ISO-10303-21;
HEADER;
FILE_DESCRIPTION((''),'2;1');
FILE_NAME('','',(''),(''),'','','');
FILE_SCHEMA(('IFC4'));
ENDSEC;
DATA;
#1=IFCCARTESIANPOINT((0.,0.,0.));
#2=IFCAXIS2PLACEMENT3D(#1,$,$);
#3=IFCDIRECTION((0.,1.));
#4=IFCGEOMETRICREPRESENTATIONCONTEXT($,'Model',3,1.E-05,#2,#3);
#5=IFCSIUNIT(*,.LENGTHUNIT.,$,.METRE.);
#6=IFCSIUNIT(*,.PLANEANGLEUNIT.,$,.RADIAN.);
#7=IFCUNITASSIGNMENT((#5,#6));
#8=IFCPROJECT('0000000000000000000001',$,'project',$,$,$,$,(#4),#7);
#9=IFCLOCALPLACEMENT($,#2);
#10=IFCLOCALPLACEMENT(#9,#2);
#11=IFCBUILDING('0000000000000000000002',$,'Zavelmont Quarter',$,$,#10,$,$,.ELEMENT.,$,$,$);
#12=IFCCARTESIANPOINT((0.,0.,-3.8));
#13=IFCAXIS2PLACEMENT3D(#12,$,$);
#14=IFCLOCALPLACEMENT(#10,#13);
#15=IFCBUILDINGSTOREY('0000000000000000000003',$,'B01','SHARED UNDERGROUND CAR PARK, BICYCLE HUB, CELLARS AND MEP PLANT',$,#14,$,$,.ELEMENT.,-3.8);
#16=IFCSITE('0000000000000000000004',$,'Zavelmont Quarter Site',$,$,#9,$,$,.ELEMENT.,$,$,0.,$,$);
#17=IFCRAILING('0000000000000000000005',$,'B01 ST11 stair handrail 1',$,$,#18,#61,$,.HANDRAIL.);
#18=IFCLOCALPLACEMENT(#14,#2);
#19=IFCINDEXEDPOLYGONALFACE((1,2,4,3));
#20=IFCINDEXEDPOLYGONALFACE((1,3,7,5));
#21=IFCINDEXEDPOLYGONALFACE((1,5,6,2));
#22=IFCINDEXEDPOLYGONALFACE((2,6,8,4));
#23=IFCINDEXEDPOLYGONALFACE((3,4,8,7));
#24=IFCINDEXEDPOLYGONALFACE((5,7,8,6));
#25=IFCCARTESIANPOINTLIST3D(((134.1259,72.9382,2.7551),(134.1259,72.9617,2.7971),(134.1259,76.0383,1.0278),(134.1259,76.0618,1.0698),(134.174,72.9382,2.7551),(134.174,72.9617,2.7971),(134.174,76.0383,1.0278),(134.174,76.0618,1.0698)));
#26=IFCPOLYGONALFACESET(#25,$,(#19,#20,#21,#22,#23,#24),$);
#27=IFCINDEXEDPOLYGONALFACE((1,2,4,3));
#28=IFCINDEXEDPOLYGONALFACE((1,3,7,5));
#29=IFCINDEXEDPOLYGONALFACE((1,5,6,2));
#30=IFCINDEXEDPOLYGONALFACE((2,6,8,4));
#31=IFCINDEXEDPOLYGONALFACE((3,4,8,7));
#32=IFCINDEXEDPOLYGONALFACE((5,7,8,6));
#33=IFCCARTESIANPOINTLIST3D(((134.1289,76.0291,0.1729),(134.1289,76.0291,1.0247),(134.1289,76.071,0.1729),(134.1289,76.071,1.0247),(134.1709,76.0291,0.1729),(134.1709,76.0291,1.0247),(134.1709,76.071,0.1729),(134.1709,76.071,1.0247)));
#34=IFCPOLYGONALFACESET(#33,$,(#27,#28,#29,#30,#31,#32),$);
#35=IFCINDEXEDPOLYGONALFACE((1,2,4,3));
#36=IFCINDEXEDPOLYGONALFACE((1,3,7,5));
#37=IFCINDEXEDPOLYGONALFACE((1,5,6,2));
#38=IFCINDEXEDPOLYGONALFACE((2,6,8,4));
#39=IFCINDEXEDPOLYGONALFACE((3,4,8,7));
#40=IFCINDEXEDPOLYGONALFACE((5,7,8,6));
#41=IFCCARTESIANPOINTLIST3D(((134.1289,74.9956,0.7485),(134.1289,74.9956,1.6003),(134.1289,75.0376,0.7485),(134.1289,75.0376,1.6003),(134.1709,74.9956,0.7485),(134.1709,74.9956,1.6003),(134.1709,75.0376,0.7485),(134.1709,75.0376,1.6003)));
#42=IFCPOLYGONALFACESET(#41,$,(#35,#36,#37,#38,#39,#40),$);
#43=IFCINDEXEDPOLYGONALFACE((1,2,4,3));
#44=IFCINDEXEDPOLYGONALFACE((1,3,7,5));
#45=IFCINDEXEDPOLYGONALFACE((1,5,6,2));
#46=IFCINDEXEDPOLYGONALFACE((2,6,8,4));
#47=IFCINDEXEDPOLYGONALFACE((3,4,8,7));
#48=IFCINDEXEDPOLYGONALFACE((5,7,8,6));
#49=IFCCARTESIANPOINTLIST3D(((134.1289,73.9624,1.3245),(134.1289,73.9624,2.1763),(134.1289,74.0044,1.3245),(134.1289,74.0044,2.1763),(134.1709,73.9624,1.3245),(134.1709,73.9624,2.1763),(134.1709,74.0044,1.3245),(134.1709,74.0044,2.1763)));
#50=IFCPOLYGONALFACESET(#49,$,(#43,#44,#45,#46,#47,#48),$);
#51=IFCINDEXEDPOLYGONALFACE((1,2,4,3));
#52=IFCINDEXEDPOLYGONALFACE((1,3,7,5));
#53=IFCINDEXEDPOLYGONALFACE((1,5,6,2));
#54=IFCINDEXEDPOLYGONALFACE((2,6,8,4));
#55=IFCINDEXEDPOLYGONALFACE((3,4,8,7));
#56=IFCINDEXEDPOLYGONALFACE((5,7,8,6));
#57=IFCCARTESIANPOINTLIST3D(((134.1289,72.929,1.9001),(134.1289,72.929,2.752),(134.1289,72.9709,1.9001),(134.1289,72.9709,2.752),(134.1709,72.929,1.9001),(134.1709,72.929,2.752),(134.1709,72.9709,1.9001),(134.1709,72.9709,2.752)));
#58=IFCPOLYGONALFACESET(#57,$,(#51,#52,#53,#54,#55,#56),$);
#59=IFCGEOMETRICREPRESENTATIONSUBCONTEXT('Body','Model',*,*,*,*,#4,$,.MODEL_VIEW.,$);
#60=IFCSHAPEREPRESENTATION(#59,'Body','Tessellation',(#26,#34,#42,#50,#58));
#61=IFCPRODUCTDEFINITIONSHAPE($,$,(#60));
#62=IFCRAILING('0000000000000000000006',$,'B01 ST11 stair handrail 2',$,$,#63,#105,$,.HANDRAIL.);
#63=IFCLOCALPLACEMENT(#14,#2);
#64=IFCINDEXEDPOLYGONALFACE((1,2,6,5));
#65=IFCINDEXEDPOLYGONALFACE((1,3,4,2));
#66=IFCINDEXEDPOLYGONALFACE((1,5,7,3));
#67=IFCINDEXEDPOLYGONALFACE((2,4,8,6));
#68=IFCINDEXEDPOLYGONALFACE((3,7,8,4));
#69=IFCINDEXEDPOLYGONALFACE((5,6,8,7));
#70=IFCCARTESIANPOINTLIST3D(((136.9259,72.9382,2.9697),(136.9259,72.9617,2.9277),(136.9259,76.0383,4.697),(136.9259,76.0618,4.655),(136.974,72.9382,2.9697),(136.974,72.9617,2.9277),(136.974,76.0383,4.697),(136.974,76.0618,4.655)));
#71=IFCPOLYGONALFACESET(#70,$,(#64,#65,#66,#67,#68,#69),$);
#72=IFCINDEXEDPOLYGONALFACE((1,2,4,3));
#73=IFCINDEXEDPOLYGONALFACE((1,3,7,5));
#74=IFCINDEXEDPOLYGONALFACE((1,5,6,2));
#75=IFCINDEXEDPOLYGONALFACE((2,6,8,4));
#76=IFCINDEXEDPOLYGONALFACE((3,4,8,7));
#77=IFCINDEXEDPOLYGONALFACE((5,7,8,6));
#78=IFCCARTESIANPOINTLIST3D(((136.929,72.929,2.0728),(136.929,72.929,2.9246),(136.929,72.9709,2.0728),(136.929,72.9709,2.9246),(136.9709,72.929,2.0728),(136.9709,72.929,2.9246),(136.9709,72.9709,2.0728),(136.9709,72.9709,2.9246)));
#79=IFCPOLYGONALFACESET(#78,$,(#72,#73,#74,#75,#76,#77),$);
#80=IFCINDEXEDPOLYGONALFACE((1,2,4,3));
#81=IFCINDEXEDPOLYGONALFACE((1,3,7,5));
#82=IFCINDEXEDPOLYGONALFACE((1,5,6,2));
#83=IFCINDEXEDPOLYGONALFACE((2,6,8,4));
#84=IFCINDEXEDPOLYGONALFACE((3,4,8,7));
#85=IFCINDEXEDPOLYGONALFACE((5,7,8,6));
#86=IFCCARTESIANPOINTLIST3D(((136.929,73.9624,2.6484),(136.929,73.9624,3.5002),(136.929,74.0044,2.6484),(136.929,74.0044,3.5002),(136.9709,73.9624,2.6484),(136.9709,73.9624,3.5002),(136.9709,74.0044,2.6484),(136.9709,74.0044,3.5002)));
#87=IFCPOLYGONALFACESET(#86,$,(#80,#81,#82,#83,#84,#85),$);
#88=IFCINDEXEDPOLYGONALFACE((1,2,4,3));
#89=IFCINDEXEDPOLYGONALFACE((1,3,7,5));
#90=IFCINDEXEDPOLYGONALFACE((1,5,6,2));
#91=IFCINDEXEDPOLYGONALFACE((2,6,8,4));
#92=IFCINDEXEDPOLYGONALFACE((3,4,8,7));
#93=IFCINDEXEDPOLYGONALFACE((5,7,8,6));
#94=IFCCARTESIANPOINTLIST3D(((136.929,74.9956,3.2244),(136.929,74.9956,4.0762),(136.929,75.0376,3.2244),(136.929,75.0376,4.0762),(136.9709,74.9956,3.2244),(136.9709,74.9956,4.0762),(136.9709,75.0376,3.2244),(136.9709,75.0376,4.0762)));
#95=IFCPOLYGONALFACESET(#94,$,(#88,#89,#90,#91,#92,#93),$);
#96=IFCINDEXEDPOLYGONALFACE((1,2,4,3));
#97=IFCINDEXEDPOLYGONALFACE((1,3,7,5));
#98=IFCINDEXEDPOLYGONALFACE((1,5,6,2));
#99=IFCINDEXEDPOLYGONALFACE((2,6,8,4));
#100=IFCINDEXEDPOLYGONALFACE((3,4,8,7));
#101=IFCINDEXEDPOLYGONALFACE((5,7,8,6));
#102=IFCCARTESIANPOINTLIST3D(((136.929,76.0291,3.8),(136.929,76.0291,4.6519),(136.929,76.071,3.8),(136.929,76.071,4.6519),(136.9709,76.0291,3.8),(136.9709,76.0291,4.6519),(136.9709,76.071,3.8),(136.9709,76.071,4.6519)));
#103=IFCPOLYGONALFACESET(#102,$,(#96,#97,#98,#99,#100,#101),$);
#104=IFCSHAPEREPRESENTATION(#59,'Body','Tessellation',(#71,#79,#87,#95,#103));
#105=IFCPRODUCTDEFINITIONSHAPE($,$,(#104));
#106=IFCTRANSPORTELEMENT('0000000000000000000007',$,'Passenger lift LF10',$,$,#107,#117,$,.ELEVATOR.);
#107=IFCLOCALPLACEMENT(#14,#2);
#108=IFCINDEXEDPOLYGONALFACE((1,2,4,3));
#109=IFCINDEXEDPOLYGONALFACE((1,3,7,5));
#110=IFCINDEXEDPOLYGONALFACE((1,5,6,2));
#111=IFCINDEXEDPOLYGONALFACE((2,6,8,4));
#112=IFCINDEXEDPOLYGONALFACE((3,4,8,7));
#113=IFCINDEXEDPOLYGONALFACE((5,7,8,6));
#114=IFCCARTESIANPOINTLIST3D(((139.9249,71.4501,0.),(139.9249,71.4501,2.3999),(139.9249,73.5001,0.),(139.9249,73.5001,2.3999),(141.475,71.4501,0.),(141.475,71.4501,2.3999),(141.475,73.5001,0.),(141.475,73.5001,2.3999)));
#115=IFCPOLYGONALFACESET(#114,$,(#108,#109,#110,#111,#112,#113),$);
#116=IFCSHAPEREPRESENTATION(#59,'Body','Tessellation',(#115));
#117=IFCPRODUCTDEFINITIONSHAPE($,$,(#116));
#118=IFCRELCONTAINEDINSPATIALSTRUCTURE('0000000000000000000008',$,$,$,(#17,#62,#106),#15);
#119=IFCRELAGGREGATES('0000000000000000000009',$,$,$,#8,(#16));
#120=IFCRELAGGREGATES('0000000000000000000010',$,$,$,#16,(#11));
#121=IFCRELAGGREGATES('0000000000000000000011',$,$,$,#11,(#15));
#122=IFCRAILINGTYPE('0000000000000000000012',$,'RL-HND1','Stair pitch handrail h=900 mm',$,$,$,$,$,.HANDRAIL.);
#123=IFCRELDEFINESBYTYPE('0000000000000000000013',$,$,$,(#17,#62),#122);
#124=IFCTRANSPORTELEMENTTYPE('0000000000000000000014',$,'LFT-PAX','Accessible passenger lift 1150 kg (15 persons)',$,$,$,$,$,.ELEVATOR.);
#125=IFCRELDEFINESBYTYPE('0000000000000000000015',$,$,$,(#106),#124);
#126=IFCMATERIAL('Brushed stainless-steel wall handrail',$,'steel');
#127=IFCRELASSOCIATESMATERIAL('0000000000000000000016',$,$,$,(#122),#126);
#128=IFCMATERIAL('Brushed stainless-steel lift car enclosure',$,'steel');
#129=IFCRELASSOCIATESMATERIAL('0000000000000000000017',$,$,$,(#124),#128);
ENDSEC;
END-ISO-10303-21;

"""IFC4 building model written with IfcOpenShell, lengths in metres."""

from ifc_helpers import new_model, si_unit, direction, frame, origin, origin_2d, place, context, subcontext, project, spatial, rectangle, extrude, material, type_object, element, save


model = new_model("IFC4")

# Units and contexts
model_context = context("Model", 3, precision=1e-05, world=origin(), true_north=direction((0.0, 1.0)))
body_context = subcontext(model_context, "Body", "Model", "MODEL_VIEW")
ifc_project = project(units=[si_unit("LENGTHUNIT", "METRE"), si_unit("PLANEANGLEUNIT", "RADIAN")], contexts=[model_context])

# Site, building, storey
site_placement = place(None, origin())
site = spatial("IfcSite", under=ifc_project, at=site_placement, Name="Zavelmont Quarter Site", CompositionType="ELEMENT", RefElevation=0.0)
building_placement = place(site_placement, origin())
building = spatial("IfcBuilding", under=site, at=building_placement, Name="Zavelmont Quarter", CompositionType="ELEMENT")
storey_placement = place(building_placement, frame((0.0, 0.0, -3.8)))
storey = spatial("IfcBuildingStorey", under=building, at=storey_placement, Name="B01", Description="SHARED UNDERGROUND CAR PARK, BICYCLE HUB, CELLARS AND MEP PLANT", CompositionType="ELEMENT", Elevation=-3.8)

# Railings
ifc_material_1 = material(Name="Brushed stainless-steel wall handrail", Category="steel")
railing_type_1 = type_object("IfcRailingType", Name="RL-HND1", Description="Stair pitch handrail h=900 mm", PredefinedType="HANDRAIL", material=ifc_material_1)
railing_1_placement = place(storey_placement, frame((134.1499, 76.05, 0.1729)))
element("IfcRailing", 1, at=railing_1_placement, inside=storey, type_object=railing_type_1, Name="B01 ST11 stair handrail 1", PredefinedType="HANDRAIL", context=body_context, shape_type="SweptSolid", body=[
    extrude(rectangle(XDim=0.0481, YDim=0.0481, at=origin_2d()), frame((0.0, 0.0, 0.876), z_axis=(0.0, -0.873556, 0.486723), x_axis=(1.0, 0.0, 0.0)), (0.0, 0.0, 1.0), 3.5488),
    extrude(rectangle(XDim=0.042, YDim=0.042, at=origin_2d()), origin(), (0.0, 0.0, 1.0), 0.8518),
    extrude(rectangle(XDim=0.042, YDim=0.042, at=origin_2d()), frame((0.0, -1.0334, 0.5757)), (0.0, 0.0, 1.0), 0.8518),
    extrude(rectangle(XDim=0.042, YDim=0.042, at=origin_2d()), frame((0.0, -2.0667, 1.1516)), (0.0, 0.0, 1.0), 0.8518),
    extrude(rectangle(XDim=0.042, YDim=0.042, at=origin_2d()), frame((0.0, -3.1001, 1.7273)), (0.0, 0.0, 1.0), 0.8518),
])
railing_2_placement = place(storey_placement, frame((136.95, 72.95, 2.0728)))
element("IfcRailing", 2, at=railing_2_placement, inside=storey, type_object=railing_type_1, Name="B01 ST11 stair handrail 2", PredefinedType="HANDRAIL", context=body_context, shape_type="SweptSolid", body=[
    extrude(rectangle(XDim=0.0481, YDim=0.0481, at=origin_2d()), frame((0.0, 0.0, 0.876), z_axis=(0.0, 0.873556, 0.486723), x_axis=(-1.0, 0.0, 0.0)), (0.0, 0.0, 1.0), 3.5488),
    extrude(rectangle(XDim=0.042, YDim=0.042, at=origin_2d()), origin(), (0.0, 0.0, 1.0), 0.8518),
    extrude(rectangle(XDim=0.042, YDim=0.042, at=origin_2d()), frame((0.0, 1.0334, 0.5757)), (0.0, 0.0, 1.0), 0.8518),
    extrude(rectangle(XDim=0.042, YDim=0.042, at=origin_2d()), frame((0.0, 2.0667, 1.1516)), (0.0, 0.0, 1.0), 0.8518),
    extrude(rectangle(XDim=0.042, YDim=0.042, at=origin_2d()), frame((0.0, 3.1001, 1.7273)), (0.0, 0.0, 1.0), 0.8518),
])

# Transport element
ifc_material_2 = material(Name="Brushed stainless-steel lift car enclosure", Category="steel")
transport_element_type = type_object("IfcTransportElementType", Name="LFT-PAX", Description="Accessible passenger lift 1150 kg (15 persons)", PredefinedType="ELEVATOR", material=ifc_material_2)
transport_element_placement = place(storey_placement, frame((140.7, 72.4751, 0.0), z_axis=(0.0, 0.0, 1.0), x_axis=(1.0, 0.0, 0.0)))
element("IfcTransportElement", 3, at=transport_element_placement, inside=storey, type_object=transport_element_type, Name="Passenger lift LF10", PredefinedType="ELEVATOR", context=body_context, shape_type="SweptSolid", body=[
    extrude(rectangle(XDim=1.55, YDim=2.05, at=origin_2d()), origin(), (0.0, 0.0, 1.0), 2.3999),
])

save(model, "model.ifc")
